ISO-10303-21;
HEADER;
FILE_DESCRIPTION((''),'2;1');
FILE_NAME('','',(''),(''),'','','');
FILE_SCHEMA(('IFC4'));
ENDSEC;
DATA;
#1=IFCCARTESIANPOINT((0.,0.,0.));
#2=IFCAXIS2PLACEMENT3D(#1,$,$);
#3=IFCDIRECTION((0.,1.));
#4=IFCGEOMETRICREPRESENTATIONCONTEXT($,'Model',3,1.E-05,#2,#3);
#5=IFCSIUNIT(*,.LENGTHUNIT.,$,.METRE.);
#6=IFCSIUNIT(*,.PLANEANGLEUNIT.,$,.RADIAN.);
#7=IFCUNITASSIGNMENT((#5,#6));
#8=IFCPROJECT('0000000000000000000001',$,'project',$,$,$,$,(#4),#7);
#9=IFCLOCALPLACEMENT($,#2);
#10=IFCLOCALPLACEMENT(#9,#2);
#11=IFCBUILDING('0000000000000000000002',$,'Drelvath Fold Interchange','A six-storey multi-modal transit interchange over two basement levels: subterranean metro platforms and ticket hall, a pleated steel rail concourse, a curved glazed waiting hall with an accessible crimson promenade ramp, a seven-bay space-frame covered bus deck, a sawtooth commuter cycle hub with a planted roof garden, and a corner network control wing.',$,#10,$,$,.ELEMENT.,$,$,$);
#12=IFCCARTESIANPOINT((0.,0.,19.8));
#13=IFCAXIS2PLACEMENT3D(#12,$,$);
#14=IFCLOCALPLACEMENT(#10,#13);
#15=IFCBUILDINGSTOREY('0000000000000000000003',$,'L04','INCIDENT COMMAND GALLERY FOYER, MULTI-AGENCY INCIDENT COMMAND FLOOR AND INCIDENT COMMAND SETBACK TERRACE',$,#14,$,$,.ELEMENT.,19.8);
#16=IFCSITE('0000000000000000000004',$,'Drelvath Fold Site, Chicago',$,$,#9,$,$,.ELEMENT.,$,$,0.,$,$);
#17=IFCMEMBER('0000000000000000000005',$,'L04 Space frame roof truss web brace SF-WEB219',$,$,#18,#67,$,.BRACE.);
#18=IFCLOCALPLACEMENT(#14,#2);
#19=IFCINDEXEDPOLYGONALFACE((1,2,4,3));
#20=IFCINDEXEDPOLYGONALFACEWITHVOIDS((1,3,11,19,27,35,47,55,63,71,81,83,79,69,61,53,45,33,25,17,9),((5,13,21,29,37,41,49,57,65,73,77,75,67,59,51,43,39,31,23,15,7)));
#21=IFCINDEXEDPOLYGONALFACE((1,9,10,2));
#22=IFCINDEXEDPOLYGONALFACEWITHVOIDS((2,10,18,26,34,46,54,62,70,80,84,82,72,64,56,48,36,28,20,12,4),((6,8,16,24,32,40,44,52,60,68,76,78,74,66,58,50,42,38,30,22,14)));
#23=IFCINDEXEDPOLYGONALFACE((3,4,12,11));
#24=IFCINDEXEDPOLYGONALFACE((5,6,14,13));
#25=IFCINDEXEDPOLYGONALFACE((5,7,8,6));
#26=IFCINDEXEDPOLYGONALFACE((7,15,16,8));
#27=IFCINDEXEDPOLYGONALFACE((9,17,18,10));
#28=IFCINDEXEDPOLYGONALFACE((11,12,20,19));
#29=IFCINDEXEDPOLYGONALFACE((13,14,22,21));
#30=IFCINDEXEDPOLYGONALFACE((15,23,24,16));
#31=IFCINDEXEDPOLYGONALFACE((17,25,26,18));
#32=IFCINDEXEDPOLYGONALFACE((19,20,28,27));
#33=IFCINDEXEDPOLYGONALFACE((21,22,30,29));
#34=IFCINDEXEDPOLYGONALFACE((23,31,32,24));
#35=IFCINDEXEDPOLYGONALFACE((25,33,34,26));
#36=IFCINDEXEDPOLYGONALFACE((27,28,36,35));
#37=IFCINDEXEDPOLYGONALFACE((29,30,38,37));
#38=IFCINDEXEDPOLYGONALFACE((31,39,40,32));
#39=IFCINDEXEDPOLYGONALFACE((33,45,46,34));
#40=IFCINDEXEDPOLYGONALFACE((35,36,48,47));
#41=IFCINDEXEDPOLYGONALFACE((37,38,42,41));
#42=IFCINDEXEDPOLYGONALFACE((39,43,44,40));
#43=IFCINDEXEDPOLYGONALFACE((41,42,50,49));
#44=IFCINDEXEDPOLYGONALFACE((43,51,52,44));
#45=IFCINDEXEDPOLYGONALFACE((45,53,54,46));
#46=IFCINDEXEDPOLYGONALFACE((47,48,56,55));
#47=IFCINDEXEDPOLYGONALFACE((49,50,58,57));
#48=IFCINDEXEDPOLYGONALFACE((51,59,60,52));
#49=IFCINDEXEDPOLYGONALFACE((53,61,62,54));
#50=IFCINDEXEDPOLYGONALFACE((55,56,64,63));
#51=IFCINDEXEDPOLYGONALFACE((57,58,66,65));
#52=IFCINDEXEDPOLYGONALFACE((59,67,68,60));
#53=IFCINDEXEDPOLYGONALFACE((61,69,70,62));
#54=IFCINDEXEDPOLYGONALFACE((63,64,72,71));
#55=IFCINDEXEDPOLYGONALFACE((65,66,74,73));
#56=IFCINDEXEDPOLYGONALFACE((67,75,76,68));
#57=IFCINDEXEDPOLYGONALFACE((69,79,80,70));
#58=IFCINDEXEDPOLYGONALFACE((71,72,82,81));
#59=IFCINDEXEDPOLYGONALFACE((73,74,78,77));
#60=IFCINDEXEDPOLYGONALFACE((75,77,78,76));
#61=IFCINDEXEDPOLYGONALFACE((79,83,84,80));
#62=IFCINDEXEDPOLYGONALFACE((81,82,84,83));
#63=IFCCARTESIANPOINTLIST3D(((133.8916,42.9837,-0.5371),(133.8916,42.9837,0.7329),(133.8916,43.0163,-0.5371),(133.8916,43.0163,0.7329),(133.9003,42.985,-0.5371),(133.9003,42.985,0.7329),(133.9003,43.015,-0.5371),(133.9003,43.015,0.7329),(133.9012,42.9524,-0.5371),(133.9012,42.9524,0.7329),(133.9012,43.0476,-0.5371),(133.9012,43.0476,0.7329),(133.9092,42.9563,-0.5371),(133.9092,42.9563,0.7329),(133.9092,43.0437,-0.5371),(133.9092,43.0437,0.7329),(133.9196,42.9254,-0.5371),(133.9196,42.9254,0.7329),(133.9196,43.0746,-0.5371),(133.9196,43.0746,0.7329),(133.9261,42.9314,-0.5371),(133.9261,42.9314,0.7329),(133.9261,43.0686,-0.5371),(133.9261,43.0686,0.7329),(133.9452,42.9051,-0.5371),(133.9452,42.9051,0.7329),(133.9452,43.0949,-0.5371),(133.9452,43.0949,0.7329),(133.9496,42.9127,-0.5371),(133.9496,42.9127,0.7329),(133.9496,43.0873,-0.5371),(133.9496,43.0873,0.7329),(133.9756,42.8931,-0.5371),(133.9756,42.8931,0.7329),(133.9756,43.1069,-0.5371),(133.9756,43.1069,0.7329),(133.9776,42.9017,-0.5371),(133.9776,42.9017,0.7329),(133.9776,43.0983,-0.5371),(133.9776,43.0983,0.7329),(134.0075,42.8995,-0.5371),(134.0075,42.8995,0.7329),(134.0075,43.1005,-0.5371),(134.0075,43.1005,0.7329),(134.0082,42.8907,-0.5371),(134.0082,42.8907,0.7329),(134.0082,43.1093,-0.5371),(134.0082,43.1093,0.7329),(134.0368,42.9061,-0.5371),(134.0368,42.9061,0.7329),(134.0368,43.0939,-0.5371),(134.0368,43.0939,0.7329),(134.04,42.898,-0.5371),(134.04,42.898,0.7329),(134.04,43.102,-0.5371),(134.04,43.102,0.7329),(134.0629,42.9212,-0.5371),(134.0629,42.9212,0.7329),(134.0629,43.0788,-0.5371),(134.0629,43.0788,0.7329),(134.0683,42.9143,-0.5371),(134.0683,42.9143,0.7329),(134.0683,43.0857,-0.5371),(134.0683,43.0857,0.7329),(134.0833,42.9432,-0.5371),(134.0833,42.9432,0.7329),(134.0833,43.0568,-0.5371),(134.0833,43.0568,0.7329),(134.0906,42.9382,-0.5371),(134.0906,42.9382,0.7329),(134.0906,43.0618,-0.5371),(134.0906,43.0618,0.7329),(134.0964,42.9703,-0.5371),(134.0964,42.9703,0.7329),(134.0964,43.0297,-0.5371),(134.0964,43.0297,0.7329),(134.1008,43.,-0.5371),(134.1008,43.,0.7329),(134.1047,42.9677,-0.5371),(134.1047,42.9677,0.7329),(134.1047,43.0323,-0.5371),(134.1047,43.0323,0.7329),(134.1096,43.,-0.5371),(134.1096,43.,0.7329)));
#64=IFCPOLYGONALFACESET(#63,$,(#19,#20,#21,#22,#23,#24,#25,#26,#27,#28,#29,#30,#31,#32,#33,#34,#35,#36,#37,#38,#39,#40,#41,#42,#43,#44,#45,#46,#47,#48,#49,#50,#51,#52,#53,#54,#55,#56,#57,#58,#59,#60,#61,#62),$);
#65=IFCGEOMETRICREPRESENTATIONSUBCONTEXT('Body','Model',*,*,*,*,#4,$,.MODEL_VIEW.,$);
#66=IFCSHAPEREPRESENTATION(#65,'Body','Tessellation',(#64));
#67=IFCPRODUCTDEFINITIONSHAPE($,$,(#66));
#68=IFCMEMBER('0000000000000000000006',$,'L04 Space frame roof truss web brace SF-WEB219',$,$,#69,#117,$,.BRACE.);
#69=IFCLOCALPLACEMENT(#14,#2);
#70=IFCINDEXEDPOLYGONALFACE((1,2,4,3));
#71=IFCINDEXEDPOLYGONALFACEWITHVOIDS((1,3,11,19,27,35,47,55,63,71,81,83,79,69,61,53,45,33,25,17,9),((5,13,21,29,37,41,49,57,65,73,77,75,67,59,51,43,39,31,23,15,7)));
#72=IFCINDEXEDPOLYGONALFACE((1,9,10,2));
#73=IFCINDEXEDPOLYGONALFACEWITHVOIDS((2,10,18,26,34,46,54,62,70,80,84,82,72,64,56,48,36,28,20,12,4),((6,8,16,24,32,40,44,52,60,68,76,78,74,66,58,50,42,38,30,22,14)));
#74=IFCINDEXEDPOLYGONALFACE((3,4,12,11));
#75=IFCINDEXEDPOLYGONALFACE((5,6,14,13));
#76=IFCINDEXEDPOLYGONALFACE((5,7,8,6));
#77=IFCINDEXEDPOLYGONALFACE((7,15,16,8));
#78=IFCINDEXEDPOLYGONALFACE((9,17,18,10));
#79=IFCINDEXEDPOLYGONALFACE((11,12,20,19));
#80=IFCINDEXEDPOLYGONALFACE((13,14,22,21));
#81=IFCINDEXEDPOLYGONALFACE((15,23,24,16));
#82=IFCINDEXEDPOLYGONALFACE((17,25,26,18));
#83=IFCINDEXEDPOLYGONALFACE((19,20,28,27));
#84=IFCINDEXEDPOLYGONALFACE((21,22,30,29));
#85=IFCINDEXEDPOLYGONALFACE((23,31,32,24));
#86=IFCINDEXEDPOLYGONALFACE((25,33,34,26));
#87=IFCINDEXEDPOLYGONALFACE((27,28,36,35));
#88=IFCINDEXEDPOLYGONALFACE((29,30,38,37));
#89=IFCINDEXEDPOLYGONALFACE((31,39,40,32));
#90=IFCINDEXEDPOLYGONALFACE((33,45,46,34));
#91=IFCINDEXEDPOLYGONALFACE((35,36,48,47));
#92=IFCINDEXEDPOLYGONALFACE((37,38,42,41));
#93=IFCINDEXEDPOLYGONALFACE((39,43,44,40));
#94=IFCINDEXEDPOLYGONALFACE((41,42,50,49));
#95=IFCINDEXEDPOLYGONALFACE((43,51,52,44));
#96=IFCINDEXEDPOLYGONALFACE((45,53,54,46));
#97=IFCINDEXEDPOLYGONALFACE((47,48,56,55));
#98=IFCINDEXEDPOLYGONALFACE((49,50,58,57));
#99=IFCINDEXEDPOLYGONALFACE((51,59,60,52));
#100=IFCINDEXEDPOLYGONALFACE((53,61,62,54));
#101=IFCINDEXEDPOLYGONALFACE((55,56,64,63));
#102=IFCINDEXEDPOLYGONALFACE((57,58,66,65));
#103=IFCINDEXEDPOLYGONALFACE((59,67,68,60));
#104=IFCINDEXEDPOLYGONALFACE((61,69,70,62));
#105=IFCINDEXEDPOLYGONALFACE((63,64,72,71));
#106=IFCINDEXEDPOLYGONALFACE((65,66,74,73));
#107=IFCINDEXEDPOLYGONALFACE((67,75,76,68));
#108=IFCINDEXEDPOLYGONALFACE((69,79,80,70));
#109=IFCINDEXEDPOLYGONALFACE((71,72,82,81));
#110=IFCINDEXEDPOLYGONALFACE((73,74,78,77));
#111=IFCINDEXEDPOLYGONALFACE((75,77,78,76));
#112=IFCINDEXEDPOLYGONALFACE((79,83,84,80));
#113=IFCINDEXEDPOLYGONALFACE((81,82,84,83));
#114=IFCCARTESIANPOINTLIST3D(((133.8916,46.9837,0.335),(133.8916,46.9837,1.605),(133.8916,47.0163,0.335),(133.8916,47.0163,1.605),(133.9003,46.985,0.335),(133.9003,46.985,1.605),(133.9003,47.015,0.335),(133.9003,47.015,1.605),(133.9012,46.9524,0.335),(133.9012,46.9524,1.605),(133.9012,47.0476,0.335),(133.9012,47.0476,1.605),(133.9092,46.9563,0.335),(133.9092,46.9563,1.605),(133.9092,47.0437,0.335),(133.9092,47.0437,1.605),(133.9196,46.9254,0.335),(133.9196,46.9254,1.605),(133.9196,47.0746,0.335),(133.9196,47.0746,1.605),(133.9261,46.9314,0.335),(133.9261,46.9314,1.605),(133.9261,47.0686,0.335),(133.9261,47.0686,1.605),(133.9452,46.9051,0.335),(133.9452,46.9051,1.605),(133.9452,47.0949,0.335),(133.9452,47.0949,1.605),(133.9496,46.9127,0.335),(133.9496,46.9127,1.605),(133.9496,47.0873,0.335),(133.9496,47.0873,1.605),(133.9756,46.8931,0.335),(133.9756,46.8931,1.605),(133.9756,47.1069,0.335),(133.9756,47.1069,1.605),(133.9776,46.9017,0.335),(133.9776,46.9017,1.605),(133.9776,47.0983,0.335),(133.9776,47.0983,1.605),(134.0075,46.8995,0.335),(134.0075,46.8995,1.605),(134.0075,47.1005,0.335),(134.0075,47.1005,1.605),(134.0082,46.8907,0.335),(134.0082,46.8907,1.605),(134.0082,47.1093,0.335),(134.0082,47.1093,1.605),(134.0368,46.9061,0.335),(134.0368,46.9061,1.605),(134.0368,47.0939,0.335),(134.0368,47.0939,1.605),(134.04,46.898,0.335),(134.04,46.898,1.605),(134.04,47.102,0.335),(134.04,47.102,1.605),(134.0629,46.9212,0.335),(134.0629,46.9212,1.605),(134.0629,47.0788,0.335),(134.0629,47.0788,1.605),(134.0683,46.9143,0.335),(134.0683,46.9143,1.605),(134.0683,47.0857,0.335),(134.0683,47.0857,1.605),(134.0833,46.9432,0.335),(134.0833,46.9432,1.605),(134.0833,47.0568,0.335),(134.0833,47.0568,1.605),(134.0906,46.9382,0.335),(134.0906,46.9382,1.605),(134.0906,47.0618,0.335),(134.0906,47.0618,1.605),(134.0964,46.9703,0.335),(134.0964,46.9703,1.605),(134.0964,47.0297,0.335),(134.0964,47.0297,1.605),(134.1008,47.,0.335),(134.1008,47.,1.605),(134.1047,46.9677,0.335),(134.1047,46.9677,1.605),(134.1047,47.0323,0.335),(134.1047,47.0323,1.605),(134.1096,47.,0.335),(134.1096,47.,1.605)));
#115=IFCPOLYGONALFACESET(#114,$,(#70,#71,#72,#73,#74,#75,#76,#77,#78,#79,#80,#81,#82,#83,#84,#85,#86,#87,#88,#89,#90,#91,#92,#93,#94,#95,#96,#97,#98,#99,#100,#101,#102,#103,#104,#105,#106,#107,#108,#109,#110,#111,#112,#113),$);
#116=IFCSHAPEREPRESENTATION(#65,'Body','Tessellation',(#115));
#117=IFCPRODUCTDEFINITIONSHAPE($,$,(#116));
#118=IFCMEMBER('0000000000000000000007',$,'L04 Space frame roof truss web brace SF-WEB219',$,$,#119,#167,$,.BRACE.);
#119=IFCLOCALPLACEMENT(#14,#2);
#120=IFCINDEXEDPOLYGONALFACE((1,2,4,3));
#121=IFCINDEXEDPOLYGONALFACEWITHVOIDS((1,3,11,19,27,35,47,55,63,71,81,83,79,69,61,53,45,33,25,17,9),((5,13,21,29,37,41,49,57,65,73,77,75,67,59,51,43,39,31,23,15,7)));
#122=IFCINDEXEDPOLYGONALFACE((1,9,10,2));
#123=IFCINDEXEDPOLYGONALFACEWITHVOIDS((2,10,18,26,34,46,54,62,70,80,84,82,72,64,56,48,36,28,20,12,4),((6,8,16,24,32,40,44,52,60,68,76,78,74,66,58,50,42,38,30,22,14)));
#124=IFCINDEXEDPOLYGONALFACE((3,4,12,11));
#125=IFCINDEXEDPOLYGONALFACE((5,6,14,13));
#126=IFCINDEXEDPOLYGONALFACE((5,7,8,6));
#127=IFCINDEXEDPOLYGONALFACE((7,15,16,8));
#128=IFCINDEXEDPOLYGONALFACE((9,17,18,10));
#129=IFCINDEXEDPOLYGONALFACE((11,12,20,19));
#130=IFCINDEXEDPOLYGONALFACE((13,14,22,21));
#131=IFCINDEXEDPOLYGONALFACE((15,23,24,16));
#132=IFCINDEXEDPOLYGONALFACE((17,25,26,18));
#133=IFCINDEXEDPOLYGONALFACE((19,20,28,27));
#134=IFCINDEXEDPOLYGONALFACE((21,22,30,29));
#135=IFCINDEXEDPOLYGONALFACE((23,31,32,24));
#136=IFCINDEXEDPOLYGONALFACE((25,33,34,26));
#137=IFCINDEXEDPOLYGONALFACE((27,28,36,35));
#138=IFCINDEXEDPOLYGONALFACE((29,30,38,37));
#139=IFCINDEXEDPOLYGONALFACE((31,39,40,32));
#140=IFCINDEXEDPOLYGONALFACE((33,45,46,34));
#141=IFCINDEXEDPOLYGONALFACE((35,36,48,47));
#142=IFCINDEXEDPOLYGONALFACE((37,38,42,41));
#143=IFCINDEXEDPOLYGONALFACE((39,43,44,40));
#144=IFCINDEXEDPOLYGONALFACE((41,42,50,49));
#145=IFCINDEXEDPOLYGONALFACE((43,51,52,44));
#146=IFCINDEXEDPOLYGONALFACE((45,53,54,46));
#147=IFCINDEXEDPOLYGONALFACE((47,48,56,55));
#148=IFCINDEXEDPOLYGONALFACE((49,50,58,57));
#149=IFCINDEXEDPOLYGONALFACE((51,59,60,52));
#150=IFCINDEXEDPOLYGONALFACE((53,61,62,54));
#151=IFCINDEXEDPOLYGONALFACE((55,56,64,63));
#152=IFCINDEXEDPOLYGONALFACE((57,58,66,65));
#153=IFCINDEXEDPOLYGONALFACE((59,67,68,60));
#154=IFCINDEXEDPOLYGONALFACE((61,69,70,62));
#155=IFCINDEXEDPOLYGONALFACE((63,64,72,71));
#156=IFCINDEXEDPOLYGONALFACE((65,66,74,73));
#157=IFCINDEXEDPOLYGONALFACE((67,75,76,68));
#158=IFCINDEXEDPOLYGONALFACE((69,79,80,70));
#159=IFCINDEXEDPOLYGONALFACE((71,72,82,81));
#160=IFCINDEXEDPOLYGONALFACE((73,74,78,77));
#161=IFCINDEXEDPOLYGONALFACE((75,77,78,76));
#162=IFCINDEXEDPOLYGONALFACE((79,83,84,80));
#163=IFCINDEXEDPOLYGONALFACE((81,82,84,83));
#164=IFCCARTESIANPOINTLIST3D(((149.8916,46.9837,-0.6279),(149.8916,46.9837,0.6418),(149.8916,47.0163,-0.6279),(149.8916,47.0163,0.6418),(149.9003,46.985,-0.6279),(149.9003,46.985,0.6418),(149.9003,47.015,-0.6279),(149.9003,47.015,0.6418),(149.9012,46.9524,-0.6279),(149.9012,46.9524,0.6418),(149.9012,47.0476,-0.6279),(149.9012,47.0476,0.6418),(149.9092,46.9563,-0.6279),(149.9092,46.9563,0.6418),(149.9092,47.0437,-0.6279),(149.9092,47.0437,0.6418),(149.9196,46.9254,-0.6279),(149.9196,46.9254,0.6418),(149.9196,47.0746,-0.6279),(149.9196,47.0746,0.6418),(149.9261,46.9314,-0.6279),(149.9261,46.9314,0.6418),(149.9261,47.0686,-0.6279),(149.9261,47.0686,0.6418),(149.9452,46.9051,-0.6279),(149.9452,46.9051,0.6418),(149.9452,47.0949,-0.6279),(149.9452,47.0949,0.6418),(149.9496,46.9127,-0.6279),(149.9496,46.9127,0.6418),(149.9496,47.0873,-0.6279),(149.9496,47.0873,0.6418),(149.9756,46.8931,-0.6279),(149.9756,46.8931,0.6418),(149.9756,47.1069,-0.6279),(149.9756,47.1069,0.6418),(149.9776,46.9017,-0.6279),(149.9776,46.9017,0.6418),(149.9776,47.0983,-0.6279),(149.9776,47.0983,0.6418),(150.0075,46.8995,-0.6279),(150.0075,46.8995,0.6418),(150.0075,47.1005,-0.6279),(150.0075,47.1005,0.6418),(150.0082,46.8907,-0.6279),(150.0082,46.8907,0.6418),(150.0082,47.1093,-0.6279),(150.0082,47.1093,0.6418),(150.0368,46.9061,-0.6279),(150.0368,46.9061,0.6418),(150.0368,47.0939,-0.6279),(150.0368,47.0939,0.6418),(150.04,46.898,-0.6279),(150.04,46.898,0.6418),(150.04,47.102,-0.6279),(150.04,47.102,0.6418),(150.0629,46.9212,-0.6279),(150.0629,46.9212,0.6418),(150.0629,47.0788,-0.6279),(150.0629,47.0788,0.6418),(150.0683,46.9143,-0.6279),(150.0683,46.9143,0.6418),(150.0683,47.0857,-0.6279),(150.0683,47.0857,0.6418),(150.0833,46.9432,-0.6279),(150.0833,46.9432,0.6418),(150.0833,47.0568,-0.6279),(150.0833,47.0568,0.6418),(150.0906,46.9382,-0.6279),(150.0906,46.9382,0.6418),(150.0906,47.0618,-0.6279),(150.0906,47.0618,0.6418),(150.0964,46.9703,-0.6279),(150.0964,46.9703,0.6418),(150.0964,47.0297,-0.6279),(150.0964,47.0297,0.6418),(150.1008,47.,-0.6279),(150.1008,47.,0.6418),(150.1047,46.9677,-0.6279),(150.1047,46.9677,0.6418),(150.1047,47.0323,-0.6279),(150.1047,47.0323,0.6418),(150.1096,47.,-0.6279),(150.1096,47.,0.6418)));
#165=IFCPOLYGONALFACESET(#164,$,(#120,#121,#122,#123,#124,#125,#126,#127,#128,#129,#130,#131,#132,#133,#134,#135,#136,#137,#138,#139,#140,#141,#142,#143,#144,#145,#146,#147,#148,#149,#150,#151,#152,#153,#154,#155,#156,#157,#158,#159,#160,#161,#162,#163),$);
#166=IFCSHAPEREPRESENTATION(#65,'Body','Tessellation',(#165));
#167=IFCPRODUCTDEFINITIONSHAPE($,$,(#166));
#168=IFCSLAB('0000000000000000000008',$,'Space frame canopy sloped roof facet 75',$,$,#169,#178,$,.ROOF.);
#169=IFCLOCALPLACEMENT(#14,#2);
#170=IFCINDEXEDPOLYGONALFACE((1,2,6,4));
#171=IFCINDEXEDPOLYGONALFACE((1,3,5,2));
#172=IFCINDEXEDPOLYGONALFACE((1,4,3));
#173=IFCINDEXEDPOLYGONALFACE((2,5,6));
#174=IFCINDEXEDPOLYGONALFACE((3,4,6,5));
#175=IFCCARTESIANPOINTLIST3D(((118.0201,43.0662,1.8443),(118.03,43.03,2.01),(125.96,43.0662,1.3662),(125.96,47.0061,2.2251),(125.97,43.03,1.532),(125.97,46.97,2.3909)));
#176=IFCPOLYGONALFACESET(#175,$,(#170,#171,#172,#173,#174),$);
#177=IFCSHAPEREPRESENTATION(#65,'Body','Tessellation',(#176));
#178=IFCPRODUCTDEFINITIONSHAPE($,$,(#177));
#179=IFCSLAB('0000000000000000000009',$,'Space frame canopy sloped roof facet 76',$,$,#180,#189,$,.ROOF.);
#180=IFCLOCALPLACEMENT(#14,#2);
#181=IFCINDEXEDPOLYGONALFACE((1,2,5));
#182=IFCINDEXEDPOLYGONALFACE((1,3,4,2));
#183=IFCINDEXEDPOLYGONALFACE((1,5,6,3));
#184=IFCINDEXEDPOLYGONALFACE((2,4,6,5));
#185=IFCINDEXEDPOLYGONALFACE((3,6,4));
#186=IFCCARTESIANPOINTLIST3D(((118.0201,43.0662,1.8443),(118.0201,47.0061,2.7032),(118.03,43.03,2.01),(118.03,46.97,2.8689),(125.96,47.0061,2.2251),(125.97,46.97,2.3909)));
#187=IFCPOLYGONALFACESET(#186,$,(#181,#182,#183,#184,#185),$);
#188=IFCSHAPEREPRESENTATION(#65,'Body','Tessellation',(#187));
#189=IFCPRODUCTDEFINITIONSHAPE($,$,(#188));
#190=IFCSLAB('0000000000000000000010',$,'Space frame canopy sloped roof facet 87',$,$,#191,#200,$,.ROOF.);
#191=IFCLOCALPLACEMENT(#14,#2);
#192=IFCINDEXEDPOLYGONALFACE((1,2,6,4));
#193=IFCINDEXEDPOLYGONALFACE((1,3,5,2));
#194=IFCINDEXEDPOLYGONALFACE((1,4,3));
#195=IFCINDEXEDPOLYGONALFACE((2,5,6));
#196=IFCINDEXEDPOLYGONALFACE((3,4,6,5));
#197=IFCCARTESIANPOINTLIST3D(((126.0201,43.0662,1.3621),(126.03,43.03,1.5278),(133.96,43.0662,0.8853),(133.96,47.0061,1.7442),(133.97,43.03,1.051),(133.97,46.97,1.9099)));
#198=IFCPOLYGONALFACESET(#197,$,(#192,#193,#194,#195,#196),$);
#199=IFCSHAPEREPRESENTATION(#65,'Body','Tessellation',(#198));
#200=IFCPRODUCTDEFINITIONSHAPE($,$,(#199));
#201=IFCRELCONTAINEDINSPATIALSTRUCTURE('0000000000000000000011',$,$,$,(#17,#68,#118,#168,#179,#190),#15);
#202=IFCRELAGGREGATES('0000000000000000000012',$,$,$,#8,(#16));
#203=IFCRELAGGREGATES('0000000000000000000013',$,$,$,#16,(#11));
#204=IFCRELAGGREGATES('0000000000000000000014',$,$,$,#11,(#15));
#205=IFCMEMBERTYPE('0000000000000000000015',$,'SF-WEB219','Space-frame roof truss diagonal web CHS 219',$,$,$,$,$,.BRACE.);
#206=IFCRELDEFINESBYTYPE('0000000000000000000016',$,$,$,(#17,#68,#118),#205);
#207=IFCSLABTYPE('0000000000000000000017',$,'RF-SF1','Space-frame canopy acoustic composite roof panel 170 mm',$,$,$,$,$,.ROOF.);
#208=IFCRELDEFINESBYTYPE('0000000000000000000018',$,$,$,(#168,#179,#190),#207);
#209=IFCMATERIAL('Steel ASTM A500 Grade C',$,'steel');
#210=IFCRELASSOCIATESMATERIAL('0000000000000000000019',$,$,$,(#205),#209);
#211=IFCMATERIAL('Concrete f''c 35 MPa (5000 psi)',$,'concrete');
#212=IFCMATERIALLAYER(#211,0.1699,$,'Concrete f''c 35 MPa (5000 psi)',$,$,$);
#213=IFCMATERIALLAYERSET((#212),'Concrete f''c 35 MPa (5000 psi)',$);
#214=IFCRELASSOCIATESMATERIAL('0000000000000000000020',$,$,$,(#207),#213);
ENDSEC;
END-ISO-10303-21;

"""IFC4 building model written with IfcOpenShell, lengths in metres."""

from ifc_helpers import new_model, si_unit, direction, frame, origin, origin_2d, place, context, subcontext, project, spatial, polyline, hollow_circle, outline, extrude, material, layer, layer_set, material_profile, profile_set, type_object, element, save


model = new_model("IFC4")

# Units and contexts
model_context = context("Model", 3, precision=1e-05, world=origin(), true_north=direction((0.0, 1.0)))
body_context = subcontext(model_context, "Body", "Model", "MODEL_VIEW")
ifc_project = project(units=[si_unit("LENGTHUNIT", "METRE"), si_unit("PLANEANGLEUNIT", "RADIAN")], contexts=[model_context])

# Site, building, storey
site_placement = place(None, origin())
site = spatial("IfcSite", under=ifc_project, at=site_placement, Name="Drelvath Fold Site, Chicago", CompositionType="ELEMENT", RefElevation=0.0)
building_placement = place(site_placement, origin())
building = spatial("IfcBuilding", under=site, at=building_placement, Name="Drelvath Fold Interchange", Description="A six-storey multi-modal transit interchange over two basement levels: subterranean metro platforms and ticket hall, a pleated steel rail concourse, a curved glazed waiting hall with an accessible crimson promenade ramp, a seven-bay space-frame covered bus deck, a sawtooth commuter cycle hub with a planted roof garden, and a corner network control wing.", CompositionType="ELEMENT")
storey_placement = place(building_placement, frame((0.0, 0.0, 19.8)))
storey = spatial("IfcBuildingStorey", under=building, at=storey_placement, Name="L04", Description="INCIDENT COMMAND GALLERY FOYER, MULTI-AGENCY INCIDENT COMMAND FLOOR AND INCIDENT COMMAND SETBACK TERRACE", CompositionType="ELEMENT", Elevation=19.8)

# Shared definitions
ifc_material_1 = material(Name="Steel ASTM A500 Grade C", Category="steel")

# Members
ifc_material_profile_1 = material_profile(ifc_material_1, hollow_circle(Radius=0.1096, WallThickness=0.0088, at=origin_2d()), Name="HSS8.625X0.375")
ifc_profile_set_1 = profile_set([ifc_material_profile_1], Name="Steel ASTM A500 Grade C")
member_type_1 = type_object("IfcMemberType", Name="SF-WEB219", Description="Space-frame roof truss diagonal web CHS 219", PredefinedType="BRACE", material=ifc_profile_set_1)
for number, where, z_axis, x_axis, name in (
    (1, (134.0, 43.0, -0.5371), (0.0, 0.0, 1.0), (1.0, 0.0, 0.0), "L04 Space frame roof truss web brace SF-WEB219"),
    (2, (134.0, 47.0, 0.335), (0.0, 0.0, 1.0), (1.0, 0.0, 0.0), "L04 Space frame roof truss web brace SF-WEB219"),
):
    element("IfcMember", number, at=place(storey_placement, frame(where, z_axis=z_axis, x_axis=x_axis)), inside=storey, type_object=member_type_1, Name=name, PredefinedType="BRACE", context=body_context, shape_type="SweptSolid", body=[
        extrude(hollow_circle(Radius=0.1096, WallThickness=0.0088, at=origin_2d()), origin(), (0.0, 0.0, 1.0), 1.27),
    ])
member_1_placement = place(storey_placement, frame((150.0, 47.0, -0.6279), z_axis=(0.0, 0.0, 1.0), x_axis=(1.0, 0.0, 0.0)))
element("IfcMember", 3, at=member_1_placement, inside=storey, type_object=member_type_1, Name="L04 Space frame roof truss web brace SF-WEB219", PredefinedType="BRACE", context=body_context, shape_type="SweptSolid", body=[
    extrude(hollow_circle(Radius=0.1096, WallThickness=0.0088, at=origin_2d()), origin(), (0.0, 0.0, 1.0), 1.2698),
])

# Slabs
ifc_material_2 = material(Name="Concrete f'c 35 MPa (5000 psi)", Category="concrete")
ifc_layer = layer(ifc_material_2, 0.1699, Name="Concrete f'c 35 MPa (5000 psi)")
ifc_layer_set = layer_set([ifc_layer], Name="Concrete f'c 35 MPa (5000 psi)")
slab_type = type_object("IfcSlabType", Name="RF-SF1", Description="Space-frame canopy acoustic composite roof panel 170 mm", PredefinedType="ROOF", material=ifc_layer_set)
slab_1_placement = place(storey_placement, frame((118.03, 43.03, 2.01), z_axis=(0.058722, -0.212625, 0.975368), x_axis=(0.998193, 0.0, -0.060097)))
element("IfcSlab", 4, at=slab_1_placement, inside=storey, type_object=slab_type, Name="Space frame canopy sloped roof facet 75", PredefinedType="ROOF", context=body_context, shape_type="SweptSolid", body=[
    extrude(outline(polyline([(0.0, 0.0), (7.9543, 0.0), (7.9027, 4.0321), (0.0, 0.0)])), origin(), (0.0, 0.0, -1.0), 0.1699),
])
slab_2_placement = place(storey_placement, frame((118.03, 43.03, 2.01), z_axis=(0.058722, -0.212625, 0.975368), x_axis=(0.894952, 0.444091, 0.042929)))
element("IfcSlab", 5, at=slab_2_placement, inside=storey, type_object=slab_type, Name="Space frame canopy sloped roof facet 76", PredefinedType="ROOF", context=body_context, shape_type="SweptSolid", body=[
    extrude(outline(polyline([(0.0, 0.0), (8.8719, 0.0), (1.7866, 3.6151), (0.0, 0.0)])), origin(), (0.0, 0.0, -1.0), 0.1699),
])
slab_3_placement = place(storey_placement, frame((126.03, 43.03, 1.5278), z_axis=(0.058573, -0.212627, 0.975376), x_axis=(0.998202, 0.0, -0.059944)))
element("IfcSlab", 6, at=slab_3_placement, inside=storey, type_object=slab_type, Name="Space frame canopy sloped roof facet 87", PredefinedType="ROOF", context=body_context, shape_type="SweptSolid", body=[
    extrude(outline(polyline([(0.0, 0.0), (7.9542, 0.0), (7.9028, 4.0321), (0.0, 0.0)])), origin(), (0.0, 0.0, -1.0), 0.1699),
])

save(model, "model.ifc")
